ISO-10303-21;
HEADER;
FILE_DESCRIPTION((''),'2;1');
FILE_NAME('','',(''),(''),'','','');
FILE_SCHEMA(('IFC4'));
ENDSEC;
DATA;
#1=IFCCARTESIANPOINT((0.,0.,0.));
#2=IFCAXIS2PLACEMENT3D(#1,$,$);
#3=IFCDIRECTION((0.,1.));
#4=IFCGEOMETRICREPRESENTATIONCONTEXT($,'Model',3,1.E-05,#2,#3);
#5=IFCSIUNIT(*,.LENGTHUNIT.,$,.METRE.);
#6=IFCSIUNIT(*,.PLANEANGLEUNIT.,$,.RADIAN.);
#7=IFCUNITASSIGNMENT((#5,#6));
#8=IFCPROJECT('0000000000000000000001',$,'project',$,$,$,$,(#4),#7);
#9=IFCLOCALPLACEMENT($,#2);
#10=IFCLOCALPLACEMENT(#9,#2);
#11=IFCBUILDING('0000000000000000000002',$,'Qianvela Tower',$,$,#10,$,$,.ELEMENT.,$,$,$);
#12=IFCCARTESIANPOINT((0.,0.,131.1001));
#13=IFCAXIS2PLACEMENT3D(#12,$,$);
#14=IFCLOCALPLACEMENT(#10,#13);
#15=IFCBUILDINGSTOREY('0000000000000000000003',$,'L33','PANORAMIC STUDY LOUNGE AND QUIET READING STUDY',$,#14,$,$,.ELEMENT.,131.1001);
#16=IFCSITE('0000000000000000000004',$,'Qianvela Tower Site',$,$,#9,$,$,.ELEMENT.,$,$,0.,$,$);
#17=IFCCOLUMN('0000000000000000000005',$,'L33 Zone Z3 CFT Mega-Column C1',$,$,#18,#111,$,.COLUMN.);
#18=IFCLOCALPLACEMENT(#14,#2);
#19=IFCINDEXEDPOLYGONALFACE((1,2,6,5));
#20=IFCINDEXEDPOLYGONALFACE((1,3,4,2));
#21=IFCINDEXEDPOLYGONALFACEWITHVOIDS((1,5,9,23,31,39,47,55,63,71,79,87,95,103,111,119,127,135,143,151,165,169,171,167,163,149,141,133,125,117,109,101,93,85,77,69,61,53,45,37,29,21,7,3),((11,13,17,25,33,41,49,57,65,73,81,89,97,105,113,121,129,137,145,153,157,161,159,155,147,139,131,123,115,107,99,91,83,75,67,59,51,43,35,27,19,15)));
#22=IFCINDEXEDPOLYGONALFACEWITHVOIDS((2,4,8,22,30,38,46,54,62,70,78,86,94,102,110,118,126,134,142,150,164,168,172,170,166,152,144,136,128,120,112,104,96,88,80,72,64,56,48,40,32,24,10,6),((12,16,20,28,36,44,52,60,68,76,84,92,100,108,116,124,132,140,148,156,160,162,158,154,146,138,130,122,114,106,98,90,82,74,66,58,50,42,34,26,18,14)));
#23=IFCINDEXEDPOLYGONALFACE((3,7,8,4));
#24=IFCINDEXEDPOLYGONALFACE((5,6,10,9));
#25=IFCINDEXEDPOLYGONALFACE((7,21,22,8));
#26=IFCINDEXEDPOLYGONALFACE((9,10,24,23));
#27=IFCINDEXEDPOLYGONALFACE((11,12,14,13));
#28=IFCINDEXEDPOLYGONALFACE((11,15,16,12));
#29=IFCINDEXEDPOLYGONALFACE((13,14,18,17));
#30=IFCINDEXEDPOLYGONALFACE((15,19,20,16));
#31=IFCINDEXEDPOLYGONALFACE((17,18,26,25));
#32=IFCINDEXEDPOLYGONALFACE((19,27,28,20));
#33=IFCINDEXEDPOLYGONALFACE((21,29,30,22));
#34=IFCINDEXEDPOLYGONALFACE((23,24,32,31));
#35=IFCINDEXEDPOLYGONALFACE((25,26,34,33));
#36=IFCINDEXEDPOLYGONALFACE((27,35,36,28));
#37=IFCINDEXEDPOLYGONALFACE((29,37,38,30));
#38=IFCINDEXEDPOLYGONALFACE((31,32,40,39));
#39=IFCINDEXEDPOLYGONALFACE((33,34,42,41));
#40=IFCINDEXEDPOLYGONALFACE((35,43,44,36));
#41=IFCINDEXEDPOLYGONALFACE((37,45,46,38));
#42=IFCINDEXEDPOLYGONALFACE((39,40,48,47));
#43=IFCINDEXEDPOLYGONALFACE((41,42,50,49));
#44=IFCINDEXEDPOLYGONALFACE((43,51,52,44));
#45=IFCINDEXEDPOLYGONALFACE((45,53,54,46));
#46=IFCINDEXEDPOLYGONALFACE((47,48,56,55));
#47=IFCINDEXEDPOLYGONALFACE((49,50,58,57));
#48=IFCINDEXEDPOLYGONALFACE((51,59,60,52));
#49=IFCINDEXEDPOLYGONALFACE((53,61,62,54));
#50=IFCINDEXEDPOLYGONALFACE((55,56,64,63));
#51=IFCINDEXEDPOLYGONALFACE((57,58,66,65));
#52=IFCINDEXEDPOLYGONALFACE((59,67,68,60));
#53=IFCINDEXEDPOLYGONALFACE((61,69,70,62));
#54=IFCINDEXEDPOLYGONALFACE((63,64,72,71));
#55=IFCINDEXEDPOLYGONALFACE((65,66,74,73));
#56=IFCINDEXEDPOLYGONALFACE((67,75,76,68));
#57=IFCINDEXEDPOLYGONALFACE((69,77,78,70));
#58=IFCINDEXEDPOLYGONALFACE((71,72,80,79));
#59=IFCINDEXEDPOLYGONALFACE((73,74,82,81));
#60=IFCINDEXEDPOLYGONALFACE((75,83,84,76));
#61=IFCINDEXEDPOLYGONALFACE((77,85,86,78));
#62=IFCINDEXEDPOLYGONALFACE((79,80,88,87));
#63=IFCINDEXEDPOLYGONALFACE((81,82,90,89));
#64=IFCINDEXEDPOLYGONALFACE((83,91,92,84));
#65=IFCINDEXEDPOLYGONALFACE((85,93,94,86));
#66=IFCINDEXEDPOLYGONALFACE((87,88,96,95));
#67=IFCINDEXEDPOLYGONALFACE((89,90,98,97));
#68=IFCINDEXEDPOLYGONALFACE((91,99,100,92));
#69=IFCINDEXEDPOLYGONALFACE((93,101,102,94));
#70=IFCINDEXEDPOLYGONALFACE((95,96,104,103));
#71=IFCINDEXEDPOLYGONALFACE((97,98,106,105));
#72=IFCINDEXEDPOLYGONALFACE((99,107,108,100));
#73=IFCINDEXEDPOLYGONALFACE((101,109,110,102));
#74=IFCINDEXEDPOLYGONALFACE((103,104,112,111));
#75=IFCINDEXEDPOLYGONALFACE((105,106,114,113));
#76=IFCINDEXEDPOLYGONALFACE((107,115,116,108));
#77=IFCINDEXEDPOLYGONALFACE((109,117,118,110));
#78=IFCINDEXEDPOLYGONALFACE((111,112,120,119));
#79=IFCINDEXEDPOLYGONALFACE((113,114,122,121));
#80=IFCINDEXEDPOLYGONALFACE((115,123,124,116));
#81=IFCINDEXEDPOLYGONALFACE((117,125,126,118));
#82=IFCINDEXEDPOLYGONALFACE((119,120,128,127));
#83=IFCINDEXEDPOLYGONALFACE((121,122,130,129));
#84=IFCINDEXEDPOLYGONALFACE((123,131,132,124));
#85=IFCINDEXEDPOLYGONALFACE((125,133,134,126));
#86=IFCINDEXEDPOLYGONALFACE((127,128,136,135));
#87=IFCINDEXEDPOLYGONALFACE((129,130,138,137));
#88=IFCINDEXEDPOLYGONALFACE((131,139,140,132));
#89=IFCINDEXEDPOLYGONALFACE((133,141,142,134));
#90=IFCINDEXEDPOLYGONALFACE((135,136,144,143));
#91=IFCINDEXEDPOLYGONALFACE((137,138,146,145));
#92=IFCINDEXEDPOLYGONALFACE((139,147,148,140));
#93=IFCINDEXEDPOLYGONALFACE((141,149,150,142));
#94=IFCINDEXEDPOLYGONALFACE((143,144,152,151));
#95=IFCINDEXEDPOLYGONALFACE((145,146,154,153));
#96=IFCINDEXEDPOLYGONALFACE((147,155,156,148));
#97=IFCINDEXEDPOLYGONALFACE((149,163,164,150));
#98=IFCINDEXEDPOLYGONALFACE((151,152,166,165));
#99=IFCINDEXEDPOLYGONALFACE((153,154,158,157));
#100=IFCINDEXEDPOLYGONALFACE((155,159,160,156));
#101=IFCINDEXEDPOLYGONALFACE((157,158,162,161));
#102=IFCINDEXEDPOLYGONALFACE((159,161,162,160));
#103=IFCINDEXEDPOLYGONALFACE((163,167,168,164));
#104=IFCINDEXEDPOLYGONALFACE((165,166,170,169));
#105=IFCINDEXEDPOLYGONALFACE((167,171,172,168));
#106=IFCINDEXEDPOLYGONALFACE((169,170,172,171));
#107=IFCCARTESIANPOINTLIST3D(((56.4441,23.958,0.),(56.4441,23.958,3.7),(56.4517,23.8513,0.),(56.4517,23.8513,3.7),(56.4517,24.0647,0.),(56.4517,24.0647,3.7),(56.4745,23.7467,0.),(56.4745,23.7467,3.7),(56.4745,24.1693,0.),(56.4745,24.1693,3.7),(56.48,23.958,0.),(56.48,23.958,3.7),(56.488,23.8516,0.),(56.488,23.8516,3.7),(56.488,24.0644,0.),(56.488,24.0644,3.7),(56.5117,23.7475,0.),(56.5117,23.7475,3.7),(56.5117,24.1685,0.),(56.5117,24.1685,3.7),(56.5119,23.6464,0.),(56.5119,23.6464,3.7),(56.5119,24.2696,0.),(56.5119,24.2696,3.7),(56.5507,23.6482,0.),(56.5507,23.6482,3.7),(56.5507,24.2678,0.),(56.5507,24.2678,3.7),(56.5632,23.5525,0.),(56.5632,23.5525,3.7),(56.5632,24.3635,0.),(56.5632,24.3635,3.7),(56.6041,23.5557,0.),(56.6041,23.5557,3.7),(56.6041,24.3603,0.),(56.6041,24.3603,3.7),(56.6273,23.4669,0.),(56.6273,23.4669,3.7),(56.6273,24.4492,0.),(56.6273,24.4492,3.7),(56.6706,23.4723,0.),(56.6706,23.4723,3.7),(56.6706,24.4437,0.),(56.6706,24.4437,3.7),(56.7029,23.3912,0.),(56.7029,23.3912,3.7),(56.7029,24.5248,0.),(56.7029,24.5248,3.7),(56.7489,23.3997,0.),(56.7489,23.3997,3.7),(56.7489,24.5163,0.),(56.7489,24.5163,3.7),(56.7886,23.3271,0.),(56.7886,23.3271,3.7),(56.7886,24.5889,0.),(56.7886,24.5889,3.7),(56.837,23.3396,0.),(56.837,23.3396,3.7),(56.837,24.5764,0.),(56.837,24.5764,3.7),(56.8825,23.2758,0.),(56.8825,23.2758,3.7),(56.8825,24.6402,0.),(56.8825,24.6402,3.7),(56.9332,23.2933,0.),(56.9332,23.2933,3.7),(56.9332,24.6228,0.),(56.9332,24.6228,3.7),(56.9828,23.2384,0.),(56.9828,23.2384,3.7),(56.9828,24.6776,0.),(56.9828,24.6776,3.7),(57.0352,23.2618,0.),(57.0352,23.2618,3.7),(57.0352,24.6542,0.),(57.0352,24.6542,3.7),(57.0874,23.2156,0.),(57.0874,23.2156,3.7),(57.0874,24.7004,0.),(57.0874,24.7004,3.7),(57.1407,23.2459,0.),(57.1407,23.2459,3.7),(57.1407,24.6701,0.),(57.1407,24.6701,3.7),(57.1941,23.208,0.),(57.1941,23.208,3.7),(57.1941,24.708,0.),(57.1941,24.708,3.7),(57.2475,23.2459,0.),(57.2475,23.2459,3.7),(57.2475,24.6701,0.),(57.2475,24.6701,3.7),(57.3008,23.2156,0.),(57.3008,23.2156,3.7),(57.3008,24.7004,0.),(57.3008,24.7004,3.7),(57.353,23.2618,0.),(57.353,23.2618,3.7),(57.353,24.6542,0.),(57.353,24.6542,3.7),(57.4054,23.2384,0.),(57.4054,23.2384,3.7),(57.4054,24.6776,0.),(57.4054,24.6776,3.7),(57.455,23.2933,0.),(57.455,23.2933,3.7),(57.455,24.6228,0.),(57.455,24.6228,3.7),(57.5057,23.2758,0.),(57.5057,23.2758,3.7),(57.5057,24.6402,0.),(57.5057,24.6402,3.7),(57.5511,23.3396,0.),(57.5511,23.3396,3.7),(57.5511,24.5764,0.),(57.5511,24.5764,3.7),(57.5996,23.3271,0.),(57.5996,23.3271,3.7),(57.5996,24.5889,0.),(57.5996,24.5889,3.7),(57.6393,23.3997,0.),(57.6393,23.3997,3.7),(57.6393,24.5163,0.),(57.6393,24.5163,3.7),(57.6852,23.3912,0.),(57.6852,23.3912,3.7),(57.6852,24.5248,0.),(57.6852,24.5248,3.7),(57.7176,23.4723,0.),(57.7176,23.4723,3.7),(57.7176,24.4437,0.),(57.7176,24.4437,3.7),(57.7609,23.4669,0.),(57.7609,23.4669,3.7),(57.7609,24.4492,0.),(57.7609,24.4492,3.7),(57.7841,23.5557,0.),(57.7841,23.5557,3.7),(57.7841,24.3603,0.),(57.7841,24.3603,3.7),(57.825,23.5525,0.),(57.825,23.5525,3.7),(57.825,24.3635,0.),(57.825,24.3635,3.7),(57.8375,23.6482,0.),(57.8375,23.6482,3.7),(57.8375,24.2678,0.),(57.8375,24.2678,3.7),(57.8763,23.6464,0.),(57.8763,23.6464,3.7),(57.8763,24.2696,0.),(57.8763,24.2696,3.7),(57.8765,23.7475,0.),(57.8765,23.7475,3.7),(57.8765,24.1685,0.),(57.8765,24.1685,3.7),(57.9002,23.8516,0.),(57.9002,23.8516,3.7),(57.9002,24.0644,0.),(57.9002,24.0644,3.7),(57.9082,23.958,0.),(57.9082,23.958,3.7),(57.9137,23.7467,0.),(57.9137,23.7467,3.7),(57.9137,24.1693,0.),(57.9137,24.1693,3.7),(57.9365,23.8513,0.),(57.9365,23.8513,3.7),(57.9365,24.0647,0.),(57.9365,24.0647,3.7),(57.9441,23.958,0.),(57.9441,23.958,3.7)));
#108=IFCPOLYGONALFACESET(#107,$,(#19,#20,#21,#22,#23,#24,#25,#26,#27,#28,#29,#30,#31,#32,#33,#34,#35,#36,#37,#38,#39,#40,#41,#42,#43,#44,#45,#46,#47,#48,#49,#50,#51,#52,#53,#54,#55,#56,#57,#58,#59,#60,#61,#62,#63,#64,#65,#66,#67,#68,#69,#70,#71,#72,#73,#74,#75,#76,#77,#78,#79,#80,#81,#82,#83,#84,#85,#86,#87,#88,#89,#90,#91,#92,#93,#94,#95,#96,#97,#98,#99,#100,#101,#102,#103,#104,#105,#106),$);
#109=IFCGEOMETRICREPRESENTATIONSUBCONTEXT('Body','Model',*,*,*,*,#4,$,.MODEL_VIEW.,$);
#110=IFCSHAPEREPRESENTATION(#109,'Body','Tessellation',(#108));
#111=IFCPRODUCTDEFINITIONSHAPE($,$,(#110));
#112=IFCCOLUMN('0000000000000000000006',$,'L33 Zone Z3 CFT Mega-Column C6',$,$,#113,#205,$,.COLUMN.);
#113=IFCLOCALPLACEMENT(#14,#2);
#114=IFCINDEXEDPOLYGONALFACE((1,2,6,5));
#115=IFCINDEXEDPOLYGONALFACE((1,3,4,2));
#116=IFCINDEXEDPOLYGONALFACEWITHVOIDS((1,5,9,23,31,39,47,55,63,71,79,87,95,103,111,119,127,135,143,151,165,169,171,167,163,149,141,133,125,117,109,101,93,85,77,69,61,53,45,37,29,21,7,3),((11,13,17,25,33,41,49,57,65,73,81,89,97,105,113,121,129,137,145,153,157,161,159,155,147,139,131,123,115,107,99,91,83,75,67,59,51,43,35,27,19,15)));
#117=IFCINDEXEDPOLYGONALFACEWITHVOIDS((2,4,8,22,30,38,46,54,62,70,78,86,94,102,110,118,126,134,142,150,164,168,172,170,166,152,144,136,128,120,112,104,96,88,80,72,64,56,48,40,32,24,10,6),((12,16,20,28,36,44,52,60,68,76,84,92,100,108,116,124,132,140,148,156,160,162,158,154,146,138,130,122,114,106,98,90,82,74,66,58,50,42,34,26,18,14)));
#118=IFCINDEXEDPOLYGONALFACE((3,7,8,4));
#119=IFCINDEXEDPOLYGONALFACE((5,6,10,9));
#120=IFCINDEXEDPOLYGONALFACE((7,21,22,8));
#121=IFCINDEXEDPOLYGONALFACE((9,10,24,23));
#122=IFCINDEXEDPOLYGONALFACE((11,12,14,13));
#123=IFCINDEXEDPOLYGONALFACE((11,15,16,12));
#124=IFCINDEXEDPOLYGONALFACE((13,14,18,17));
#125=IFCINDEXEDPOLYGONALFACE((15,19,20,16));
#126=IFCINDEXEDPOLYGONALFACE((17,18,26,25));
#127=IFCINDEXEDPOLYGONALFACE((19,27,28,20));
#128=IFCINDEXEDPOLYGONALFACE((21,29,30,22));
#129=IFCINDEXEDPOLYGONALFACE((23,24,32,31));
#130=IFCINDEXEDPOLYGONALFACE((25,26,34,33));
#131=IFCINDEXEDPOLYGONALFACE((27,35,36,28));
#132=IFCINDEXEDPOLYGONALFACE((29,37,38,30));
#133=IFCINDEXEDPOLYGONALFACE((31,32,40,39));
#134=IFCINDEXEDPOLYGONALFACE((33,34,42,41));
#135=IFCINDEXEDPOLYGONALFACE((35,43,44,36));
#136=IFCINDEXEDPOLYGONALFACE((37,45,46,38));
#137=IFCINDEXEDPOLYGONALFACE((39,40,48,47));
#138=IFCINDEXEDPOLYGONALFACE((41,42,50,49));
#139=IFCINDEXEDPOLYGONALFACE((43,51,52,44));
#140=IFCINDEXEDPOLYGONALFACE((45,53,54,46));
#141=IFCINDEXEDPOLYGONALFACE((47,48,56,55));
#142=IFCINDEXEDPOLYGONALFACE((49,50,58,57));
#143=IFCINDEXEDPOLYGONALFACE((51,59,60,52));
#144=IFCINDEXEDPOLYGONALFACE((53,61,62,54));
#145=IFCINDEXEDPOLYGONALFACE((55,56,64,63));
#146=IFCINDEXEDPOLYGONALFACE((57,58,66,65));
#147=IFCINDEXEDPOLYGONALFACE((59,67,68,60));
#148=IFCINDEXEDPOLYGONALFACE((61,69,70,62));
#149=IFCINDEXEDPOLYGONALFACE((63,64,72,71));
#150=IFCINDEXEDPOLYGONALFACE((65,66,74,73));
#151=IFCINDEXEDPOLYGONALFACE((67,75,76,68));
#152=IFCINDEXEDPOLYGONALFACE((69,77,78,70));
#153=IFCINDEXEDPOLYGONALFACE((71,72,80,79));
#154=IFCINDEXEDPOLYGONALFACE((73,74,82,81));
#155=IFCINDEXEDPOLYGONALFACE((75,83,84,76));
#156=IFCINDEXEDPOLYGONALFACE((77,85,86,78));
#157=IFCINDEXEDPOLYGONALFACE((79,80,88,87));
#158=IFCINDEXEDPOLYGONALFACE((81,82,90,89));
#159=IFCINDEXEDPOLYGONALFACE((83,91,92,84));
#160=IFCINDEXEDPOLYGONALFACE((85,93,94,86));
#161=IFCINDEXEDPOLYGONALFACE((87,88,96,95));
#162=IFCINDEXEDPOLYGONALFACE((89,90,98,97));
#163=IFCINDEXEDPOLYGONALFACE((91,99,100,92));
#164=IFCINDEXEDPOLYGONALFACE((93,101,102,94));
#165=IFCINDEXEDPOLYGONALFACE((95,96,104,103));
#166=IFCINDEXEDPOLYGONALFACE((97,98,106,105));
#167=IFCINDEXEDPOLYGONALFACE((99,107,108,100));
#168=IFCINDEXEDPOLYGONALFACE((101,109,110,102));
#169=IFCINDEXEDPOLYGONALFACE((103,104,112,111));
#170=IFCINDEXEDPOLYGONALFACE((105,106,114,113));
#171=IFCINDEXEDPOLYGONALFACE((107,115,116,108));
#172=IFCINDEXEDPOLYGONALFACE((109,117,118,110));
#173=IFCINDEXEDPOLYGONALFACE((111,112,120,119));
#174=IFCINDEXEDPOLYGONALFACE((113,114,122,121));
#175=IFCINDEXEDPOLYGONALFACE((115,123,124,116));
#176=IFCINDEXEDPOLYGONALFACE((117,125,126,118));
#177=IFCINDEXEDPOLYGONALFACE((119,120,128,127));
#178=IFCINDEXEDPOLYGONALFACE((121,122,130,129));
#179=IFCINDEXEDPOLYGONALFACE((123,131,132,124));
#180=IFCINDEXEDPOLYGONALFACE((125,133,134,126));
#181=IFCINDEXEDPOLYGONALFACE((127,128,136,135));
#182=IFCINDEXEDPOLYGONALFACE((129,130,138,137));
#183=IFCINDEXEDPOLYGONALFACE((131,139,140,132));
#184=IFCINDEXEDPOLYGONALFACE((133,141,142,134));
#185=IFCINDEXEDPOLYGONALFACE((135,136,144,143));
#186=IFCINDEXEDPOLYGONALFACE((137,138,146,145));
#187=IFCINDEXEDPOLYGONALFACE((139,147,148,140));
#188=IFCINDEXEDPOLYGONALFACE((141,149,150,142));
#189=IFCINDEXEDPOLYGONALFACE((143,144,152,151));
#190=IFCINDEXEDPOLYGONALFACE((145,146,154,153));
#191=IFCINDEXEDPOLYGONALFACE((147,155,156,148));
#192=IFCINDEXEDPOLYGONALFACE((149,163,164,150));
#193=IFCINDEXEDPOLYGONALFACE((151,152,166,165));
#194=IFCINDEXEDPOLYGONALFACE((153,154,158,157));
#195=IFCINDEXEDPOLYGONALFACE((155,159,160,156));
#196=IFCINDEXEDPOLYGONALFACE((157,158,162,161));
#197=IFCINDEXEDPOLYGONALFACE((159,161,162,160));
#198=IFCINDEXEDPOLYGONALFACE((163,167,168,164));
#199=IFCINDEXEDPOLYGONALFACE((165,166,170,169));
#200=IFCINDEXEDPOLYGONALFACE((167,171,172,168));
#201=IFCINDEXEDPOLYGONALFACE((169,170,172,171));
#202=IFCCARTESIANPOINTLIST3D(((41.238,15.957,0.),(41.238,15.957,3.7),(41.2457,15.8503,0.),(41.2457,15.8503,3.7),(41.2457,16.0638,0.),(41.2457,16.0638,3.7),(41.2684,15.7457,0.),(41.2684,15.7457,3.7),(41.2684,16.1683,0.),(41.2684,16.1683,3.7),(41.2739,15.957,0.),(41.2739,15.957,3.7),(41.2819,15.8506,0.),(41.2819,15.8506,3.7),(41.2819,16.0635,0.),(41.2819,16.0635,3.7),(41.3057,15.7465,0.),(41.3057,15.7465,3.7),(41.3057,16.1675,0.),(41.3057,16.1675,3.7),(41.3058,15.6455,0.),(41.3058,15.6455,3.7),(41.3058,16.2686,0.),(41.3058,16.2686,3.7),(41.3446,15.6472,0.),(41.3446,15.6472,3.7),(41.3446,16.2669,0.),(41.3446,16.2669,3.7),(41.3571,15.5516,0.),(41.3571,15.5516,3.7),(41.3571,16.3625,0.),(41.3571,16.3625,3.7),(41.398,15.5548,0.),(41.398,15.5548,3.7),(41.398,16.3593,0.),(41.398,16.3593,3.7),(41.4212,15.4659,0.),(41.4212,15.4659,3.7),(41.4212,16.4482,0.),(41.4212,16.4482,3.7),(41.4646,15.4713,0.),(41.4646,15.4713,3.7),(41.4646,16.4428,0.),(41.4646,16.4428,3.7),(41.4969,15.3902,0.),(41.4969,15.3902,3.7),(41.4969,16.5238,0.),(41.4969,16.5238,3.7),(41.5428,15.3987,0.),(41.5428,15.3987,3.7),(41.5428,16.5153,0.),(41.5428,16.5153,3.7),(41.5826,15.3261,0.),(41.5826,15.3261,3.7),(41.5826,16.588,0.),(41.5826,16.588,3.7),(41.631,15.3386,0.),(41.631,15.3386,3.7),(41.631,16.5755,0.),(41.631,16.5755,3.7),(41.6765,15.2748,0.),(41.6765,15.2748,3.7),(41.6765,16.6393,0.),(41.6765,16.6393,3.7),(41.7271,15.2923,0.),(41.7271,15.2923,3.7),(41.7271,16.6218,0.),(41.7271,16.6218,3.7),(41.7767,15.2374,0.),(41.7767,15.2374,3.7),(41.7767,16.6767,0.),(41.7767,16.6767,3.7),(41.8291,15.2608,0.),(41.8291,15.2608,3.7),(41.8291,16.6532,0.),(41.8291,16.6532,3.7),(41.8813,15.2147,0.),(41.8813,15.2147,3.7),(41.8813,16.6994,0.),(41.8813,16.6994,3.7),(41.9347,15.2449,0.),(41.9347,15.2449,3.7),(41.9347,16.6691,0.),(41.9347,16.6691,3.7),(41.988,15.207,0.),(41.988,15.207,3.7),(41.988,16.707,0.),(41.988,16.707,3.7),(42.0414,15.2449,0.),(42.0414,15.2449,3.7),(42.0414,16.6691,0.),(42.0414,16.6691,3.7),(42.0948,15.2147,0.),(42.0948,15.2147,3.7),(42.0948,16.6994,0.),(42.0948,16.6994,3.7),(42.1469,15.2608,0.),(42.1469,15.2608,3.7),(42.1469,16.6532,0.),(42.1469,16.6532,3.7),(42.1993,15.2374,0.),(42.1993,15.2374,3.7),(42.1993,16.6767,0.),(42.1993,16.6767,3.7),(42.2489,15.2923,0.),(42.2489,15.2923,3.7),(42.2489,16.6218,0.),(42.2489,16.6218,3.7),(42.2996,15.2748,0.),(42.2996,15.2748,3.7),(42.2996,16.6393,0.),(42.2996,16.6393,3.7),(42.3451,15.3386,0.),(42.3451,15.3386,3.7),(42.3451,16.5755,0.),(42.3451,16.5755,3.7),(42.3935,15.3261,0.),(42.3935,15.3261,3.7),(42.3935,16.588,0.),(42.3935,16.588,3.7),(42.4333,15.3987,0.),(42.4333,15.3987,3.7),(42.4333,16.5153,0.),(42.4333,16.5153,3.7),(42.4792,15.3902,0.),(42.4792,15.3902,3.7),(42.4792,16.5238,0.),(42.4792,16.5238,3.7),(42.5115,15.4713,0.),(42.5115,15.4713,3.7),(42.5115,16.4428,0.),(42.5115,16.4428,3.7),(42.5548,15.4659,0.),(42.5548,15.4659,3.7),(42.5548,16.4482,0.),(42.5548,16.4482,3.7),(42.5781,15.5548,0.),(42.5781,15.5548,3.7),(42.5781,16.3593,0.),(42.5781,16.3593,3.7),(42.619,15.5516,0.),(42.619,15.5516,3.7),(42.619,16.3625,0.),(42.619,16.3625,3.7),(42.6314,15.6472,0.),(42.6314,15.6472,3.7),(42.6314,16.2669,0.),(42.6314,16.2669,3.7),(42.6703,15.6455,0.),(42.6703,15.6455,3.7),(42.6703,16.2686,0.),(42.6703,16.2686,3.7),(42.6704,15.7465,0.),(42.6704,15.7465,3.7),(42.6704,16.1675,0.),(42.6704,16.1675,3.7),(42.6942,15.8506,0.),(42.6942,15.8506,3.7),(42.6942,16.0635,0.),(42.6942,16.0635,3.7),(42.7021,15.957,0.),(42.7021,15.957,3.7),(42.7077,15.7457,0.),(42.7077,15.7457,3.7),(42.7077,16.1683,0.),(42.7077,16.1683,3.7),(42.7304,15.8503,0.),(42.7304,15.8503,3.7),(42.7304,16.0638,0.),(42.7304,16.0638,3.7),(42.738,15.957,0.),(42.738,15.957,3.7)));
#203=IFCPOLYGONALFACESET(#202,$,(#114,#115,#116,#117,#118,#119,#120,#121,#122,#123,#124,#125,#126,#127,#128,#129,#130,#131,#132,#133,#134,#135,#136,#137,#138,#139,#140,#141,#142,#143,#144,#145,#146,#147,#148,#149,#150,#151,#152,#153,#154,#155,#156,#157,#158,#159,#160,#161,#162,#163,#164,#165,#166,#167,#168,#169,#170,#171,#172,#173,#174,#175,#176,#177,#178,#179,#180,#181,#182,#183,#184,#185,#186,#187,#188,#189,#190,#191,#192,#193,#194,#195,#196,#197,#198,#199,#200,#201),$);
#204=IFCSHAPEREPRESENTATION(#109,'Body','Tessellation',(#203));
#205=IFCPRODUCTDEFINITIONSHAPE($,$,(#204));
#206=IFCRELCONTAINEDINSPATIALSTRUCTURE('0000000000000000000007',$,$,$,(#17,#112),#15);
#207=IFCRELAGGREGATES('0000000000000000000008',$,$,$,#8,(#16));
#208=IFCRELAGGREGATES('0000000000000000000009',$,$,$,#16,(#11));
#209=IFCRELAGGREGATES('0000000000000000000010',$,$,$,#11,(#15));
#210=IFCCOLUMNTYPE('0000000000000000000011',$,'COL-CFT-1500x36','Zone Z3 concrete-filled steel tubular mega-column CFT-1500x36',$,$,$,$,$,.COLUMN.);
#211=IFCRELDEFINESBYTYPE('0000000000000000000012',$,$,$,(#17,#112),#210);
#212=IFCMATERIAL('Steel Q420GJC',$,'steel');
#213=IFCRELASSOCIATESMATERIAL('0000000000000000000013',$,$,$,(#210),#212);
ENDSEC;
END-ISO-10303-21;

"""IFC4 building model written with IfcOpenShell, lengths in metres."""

from ifc_helpers import new_model, si_unit, direction, frame, origin, origin_2d, place, context, subcontext, project, spatial, hollow_circle, extrude, material, material_profile, profile_set, type_object, element, save


model = new_model("IFC4")

# Units and contexts
model_context = context("Model", 3, precision=1e-05, world=origin(), true_north=direction((0.0, 1.0)))
body_context = subcontext(model_context, "Body", "Model", "MODEL_VIEW")
ifc_project = project(units=[si_unit("LENGTHUNIT", "METRE"), si_unit("PLANEANGLEUNIT", "RADIAN")], contexts=[model_context])

# Site, building, storey
site_placement = place(None, origin())
site = spatial("IfcSite", under=ifc_project, at=site_placement, Name="Qianvela Tower Site", CompositionType="ELEMENT", RefElevation=0.0)
building_placement = place(site_placement, origin())
building = spatial("IfcBuilding", under=site, at=building_placement, Name="Qianvela Tower", CompositionType="ELEMENT")
storey_placement = place(building_placement, frame((0.0, 0.0, 131.1001)))
storey = spatial("IfcBuildingStorey", under=building, at=storey_placement, Name="L33", Description="PANORAMIC STUDY LOUNGE AND QUIET READING STUDY", CompositionType="ELEMENT", Elevation=131.1001)

# Columns
ifc_material_1 = material(Name="Steel Q420GJC", Category="steel")
ifc_material_profile_1 = material_profile(ifc_material_1, hollow_circle(Radius=0.75, WallThickness=0.0359, at=origin_2d()), Name="CFT-1500x36")
ifc_profile_set_1 = profile_set([ifc_material_profile_1], Name="Steel Q420GJC")
column_type = type_object("IfcColumnType", Name="COL-CFT-1500x36", Description="Zone Z3 concrete-filled steel tubular mega-column CFT-1500x36", PredefinedType="COLUMN", material=ifc_profile_set_1)
for number, where, z_axis, x_axis, name in (
    (1, (57.1941, 23.958, 0.0), (0.0, 0.0, 1.0), (1.0, 0.0, 0.0), "L33 Zone Z3 CFT Mega-Column C1"),
    (2, (41.988, 15.957, 0.0), (0.0, 0.0, 1.0), (1.0, 0.0, 0.0), "L33 Zone Z3 CFT Mega-Column C6"),
):
    element("IfcColumn", number, at=place(storey_placement, frame(where, z_axis=z_axis, x_axis=x_axis)), inside=storey, type_object=column_type, Name=name, PredefinedType="COLUMN", context=body_context, shape_type="SweptSolid", body=[
        extrude(hollow_circle(Radius=0.75, WallThickness=0.0359, at=origin_2d()), origin(), (0.0, 0.0, 1.0), 3.7),
    ])

save(model, "model.ifc")
